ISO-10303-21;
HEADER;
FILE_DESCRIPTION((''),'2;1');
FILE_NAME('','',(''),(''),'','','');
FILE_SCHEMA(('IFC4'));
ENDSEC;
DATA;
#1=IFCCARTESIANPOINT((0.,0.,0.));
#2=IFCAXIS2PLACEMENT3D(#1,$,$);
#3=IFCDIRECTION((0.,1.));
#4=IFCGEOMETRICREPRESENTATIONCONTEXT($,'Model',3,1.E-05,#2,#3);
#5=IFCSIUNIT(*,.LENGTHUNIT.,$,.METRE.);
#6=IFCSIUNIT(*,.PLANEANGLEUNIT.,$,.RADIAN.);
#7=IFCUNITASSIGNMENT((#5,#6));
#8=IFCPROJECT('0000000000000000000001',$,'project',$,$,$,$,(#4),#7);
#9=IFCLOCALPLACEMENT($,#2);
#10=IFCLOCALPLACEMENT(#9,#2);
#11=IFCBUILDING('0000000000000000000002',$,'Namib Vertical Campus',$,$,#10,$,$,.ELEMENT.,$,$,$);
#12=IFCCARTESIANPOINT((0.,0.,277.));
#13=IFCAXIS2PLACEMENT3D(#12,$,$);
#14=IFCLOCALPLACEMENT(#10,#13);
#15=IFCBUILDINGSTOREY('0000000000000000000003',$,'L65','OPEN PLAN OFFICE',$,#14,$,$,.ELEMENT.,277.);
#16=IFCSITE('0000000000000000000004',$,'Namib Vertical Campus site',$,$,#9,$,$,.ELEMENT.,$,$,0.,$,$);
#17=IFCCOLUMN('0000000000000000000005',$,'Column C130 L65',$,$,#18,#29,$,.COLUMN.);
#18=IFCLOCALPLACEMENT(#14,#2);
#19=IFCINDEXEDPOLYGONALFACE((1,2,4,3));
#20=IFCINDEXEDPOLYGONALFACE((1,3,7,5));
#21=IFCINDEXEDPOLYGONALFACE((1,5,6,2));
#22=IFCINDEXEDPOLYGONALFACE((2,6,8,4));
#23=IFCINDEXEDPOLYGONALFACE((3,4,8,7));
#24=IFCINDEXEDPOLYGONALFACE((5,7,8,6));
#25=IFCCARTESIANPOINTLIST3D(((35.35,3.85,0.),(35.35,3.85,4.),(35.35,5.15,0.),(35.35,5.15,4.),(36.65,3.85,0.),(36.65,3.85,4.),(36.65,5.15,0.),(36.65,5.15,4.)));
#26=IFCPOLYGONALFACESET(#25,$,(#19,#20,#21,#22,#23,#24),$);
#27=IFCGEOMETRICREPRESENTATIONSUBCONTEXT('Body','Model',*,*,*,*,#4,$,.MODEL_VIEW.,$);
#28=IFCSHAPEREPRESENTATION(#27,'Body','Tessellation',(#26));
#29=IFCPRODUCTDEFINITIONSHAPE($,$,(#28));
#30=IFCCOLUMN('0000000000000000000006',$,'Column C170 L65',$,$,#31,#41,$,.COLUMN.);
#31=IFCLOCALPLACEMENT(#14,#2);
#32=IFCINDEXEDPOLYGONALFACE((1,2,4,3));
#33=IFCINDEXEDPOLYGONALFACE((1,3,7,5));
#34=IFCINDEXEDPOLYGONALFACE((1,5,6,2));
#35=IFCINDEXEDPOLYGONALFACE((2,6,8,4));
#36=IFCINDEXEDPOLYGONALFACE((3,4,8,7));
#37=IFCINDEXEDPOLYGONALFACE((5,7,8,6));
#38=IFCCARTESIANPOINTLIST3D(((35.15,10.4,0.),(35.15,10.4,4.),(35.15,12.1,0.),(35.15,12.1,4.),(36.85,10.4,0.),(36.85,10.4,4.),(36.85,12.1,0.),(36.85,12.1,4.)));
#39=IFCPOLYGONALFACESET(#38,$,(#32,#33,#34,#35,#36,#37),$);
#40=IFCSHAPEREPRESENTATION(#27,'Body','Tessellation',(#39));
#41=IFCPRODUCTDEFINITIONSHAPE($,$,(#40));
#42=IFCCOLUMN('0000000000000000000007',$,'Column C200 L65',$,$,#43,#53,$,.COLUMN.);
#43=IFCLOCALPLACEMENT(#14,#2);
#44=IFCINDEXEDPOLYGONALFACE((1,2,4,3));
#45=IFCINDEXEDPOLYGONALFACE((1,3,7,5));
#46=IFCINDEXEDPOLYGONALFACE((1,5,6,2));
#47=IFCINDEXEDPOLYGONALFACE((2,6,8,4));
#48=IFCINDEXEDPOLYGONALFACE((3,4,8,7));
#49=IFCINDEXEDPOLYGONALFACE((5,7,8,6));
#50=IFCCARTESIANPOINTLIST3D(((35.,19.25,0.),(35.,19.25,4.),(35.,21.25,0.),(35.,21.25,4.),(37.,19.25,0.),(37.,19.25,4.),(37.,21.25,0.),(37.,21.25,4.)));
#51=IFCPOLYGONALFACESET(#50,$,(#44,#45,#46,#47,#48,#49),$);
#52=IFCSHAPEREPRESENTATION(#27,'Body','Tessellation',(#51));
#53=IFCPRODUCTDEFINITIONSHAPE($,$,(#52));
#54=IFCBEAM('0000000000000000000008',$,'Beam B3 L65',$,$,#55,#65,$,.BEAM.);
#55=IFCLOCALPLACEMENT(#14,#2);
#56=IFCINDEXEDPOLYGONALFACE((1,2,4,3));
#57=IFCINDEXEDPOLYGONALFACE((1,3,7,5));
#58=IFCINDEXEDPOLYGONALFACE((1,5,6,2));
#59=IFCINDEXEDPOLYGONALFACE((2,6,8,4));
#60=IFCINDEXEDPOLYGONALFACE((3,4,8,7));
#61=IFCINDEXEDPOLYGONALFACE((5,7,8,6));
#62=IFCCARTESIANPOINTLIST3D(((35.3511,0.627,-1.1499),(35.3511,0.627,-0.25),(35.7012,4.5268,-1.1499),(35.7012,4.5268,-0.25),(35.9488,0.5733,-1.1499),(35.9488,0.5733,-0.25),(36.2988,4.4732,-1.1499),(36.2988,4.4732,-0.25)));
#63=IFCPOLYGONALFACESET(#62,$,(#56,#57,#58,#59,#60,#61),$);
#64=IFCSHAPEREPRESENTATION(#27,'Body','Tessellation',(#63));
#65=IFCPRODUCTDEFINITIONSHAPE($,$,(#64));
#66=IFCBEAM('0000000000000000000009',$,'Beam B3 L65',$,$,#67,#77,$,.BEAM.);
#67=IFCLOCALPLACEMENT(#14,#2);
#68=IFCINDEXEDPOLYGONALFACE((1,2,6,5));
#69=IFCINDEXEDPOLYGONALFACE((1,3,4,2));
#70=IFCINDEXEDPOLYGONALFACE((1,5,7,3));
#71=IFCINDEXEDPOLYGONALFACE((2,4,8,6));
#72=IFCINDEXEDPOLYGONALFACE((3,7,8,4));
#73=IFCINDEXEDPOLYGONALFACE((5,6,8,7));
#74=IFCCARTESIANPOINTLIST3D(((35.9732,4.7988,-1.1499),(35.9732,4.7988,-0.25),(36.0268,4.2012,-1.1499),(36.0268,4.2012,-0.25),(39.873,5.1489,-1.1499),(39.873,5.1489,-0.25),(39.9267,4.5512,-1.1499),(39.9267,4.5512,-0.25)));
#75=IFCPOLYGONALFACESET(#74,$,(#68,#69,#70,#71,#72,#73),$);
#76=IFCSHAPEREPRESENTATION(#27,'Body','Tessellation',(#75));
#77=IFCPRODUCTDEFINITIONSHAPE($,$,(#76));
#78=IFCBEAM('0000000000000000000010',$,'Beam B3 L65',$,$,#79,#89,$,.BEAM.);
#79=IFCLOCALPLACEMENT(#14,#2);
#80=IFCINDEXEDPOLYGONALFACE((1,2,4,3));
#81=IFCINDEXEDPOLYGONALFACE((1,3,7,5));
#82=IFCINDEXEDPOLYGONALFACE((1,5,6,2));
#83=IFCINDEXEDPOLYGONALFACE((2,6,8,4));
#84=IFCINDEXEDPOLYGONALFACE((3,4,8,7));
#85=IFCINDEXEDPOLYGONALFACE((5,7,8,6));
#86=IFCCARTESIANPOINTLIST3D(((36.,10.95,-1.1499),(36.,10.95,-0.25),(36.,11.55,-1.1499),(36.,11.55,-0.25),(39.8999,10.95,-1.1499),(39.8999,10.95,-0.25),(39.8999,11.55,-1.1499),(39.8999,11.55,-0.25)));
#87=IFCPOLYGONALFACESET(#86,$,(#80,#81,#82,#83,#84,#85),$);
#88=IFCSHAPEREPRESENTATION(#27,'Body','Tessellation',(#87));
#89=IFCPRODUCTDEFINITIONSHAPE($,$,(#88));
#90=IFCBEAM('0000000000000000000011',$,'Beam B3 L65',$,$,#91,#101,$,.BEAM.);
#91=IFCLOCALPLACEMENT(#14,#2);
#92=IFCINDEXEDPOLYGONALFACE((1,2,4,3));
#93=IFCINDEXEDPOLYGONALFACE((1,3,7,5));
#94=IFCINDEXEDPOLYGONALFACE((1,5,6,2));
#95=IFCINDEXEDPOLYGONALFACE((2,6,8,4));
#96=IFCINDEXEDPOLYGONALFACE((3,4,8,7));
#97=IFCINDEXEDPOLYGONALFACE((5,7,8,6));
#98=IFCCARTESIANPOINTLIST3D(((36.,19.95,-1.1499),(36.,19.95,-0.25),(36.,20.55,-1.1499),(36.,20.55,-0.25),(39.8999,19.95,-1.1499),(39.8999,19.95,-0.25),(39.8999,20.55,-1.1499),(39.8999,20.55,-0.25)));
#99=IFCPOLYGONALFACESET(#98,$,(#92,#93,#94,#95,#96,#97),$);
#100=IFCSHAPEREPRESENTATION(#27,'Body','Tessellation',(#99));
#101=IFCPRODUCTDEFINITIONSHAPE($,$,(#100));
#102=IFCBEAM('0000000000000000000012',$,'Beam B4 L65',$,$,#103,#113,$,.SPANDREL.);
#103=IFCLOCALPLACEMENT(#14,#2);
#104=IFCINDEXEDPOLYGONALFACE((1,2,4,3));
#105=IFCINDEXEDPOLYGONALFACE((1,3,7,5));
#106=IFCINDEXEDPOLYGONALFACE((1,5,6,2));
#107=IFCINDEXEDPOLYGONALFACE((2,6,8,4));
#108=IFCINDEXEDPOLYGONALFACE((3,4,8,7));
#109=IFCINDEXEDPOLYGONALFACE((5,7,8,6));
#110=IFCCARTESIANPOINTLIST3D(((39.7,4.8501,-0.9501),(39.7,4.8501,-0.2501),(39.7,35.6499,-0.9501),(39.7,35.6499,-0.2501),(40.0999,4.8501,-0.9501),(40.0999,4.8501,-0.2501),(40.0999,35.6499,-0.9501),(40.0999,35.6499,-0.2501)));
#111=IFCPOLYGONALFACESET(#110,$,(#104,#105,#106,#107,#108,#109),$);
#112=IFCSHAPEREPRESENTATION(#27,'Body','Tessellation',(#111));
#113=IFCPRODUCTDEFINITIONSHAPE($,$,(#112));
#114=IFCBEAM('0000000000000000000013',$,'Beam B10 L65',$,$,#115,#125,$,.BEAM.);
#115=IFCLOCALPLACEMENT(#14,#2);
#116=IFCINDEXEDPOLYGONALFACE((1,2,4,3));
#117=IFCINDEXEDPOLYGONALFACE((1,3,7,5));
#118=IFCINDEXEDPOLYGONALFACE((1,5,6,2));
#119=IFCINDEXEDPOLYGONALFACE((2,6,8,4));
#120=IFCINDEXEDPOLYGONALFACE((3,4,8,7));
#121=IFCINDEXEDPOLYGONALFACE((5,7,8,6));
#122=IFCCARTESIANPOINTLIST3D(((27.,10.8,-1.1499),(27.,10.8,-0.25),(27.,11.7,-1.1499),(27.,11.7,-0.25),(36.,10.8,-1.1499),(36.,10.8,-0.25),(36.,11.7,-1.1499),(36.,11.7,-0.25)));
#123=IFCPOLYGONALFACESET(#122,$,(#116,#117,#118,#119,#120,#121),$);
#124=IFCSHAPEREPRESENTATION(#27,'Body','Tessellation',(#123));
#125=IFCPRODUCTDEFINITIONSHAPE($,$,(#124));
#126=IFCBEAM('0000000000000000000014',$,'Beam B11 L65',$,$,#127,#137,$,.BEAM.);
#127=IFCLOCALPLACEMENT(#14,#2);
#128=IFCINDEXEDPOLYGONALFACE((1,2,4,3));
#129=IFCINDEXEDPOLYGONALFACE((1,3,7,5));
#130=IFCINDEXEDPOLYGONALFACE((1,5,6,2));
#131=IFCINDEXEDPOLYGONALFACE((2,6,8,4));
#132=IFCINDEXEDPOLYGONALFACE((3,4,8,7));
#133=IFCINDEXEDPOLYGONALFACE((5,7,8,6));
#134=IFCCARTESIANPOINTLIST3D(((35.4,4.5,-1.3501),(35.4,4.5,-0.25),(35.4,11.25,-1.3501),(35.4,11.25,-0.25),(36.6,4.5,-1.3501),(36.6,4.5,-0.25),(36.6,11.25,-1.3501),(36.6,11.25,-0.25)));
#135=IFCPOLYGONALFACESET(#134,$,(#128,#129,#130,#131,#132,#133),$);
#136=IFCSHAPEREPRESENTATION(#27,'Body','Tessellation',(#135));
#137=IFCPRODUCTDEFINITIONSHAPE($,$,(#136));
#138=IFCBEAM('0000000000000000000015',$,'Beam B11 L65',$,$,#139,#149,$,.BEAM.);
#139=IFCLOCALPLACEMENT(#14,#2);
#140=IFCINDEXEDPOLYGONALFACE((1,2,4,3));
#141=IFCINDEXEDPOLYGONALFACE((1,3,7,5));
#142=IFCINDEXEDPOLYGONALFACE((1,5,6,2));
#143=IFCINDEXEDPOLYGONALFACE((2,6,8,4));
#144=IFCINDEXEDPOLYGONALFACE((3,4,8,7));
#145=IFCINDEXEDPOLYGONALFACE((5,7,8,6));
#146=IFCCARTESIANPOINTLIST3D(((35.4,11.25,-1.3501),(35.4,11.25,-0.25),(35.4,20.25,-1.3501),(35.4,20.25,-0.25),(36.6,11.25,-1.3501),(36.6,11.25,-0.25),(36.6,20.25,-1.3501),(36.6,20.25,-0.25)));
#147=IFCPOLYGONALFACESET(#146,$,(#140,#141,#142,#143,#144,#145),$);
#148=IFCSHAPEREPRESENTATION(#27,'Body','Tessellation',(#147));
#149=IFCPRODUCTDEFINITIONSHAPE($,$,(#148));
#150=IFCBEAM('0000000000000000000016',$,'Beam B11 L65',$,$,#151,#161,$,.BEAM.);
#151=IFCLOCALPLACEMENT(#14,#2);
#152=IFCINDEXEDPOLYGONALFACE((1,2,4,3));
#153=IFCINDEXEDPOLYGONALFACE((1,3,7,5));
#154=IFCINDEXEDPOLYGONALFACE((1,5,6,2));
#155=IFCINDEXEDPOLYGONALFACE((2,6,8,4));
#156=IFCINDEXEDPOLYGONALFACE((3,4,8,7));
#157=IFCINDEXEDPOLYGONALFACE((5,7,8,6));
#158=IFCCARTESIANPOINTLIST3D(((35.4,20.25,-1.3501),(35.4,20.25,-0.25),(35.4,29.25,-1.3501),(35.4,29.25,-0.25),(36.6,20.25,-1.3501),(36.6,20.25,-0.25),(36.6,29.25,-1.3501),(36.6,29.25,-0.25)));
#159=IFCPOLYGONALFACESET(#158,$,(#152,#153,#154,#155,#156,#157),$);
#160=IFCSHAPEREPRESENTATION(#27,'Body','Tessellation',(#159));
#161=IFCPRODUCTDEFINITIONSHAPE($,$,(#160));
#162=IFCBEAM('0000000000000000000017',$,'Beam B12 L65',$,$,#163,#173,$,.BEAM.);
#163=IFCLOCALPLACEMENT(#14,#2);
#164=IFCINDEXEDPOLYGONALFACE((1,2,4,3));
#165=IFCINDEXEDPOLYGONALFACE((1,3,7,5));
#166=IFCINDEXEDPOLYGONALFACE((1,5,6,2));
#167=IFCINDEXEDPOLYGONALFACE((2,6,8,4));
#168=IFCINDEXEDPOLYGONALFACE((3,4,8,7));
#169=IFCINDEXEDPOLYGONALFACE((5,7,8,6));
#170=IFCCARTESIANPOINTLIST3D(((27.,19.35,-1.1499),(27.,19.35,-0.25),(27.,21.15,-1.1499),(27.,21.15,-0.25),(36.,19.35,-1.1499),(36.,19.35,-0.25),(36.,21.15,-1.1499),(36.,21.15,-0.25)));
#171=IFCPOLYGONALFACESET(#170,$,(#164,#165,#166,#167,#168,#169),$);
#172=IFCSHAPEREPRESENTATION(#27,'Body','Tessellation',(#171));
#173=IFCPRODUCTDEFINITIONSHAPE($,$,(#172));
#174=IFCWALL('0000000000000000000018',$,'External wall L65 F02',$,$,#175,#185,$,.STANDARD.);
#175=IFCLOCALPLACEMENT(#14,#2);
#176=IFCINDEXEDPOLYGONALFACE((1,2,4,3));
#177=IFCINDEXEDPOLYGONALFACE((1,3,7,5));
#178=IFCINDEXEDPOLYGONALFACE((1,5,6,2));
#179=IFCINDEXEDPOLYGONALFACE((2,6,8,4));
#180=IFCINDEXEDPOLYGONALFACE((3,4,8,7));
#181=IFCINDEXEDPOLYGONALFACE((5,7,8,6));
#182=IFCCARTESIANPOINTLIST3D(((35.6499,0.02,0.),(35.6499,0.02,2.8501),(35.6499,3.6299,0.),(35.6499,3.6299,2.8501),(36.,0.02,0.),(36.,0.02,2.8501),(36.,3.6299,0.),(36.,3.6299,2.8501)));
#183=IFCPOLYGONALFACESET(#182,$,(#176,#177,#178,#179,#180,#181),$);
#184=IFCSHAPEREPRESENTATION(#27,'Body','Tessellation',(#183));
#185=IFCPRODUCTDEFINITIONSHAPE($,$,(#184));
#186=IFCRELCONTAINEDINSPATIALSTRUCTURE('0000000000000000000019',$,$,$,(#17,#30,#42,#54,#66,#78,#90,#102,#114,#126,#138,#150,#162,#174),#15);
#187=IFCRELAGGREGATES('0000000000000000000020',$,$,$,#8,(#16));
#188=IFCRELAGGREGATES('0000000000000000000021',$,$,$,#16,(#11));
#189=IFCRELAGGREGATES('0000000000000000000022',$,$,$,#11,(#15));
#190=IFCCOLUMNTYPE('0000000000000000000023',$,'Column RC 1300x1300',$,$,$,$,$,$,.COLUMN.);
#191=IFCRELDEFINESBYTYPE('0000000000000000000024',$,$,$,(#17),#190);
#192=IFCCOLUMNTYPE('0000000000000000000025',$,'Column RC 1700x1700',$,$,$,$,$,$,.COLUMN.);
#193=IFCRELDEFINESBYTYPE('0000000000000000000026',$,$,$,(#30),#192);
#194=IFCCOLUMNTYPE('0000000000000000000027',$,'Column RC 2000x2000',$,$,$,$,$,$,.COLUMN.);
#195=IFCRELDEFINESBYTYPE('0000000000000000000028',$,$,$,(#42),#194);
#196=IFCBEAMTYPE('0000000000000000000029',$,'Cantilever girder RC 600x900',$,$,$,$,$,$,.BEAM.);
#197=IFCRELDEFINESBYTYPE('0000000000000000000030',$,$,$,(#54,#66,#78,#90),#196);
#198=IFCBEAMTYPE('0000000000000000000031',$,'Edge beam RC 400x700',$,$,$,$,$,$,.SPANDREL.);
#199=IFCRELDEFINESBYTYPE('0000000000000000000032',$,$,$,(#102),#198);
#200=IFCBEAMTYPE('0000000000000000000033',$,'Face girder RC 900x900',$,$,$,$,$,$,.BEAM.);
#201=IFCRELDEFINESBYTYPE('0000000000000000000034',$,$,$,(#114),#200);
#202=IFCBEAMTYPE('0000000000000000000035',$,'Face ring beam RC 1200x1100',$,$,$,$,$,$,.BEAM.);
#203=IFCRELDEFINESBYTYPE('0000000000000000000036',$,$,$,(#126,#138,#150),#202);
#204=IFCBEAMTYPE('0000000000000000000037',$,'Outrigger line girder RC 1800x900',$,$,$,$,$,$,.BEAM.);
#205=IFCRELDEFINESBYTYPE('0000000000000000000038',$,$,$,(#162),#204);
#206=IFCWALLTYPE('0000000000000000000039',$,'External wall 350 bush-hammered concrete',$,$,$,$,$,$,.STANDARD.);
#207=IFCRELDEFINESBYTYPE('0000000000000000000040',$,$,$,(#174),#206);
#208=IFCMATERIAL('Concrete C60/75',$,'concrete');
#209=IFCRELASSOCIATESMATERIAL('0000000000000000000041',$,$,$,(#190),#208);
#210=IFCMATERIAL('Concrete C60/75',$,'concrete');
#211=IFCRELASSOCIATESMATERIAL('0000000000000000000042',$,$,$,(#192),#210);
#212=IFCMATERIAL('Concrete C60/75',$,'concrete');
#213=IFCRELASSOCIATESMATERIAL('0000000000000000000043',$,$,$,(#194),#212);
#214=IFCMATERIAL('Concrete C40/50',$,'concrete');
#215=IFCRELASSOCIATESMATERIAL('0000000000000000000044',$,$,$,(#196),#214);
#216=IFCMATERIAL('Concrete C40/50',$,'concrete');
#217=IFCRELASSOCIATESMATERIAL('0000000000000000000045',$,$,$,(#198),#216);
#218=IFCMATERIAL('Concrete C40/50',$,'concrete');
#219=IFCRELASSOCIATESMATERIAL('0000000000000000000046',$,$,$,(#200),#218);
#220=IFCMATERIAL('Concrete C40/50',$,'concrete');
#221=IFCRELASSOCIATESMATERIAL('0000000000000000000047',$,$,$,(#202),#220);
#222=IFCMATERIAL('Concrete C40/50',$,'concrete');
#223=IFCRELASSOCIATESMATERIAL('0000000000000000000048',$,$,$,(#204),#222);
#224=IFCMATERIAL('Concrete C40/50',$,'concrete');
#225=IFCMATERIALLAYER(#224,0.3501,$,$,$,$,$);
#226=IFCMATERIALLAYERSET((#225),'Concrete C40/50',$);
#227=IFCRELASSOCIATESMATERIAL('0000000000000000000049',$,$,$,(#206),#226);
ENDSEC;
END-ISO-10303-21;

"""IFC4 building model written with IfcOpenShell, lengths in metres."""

from ifc_helpers import new_model, si_unit, direction, frame, frame_2d, origin, origin_2d, place, context, subcontext, project, spatial, rectangle, extrude, material, layer, layer_set, material_profile, profile_set, type_object, element, save


model = new_model("IFC4")

# Units and contexts
model_context = context("Model", 3, precision=1e-05, world=origin(), true_north=direction((0.0, 1.0)))
body_context = subcontext(model_context, "Body", "Model", "MODEL_VIEW")
ifc_project = project(units=[si_unit("LENGTHUNIT", "METRE"), si_unit("PLANEANGLEUNIT", "RADIAN")], contexts=[model_context])

# Site, building, storey
site_placement = place(None, origin())
site = spatial("IfcSite", under=ifc_project, at=site_placement, Name="Namib Vertical Campus site", CompositionType="ELEMENT", RefElevation=0.0)
building_placement = place(site_placement, origin())
building = spatial("IfcBuilding", under=site, at=building_placement, Name="Namib Vertical Campus", CompositionType="ELEMENT")
storey_placement = place(building_placement, frame((0.0, 0.0, 277.0)))
storey = spatial("IfcBuildingStorey", under=building, at=storey_placement, Name="L65", Description="OPEN PLAN OFFICE", CompositionType="ELEMENT", Elevation=277.0)

# Columns
ifc_material_1 = material(Name="Concrete C60/75", Category="concrete")
ifc_material_profile_1 = material_profile(ifc_material_1, rectangle(XDim=1.3, YDim=1.3, at=origin_2d()))
ifc_profile_set_1 = profile_set([ifc_material_profile_1], Name="Concrete C60/75")
column_type_1 = type_object("IfcColumnType", Name="Column RC 1300x1300", PredefinedType="COLUMN", material=ifc_profile_set_1)
column_1_placement = place(storey_placement, frame((36.0, 4.5, 0.0), z_axis=(0.0, 0.0, 1.0), x_axis=(1.0, 0.0, 0.0)))
element("IfcColumn", 1, at=column_1_placement, inside=storey, type_object=column_type_1, Name="Column C130 L65", PredefinedType="COLUMN", context=body_context, shape_type="SweptSolid", body=[
    extrude(rectangle(XDim=1.3, YDim=1.3, at=origin_2d()), origin(), (0.0, 0.0, 1.0), 4.0),
])
ifc_material_2 = material(Name="Concrete C60/75", Category="concrete")
ifc_material_profile_2 = material_profile(ifc_material_2, rectangle(XDim=1.7, YDim=1.7, at=origin_2d()))
ifc_profile_set_2 = profile_set([ifc_material_profile_2], Name="Concrete C60/75")
column_type_2 = type_object("IfcColumnType", Name="Column RC 1700x1700", PredefinedType="COLUMN", material=ifc_profile_set_2)
column_2_placement = place(storey_placement, frame((36.0, 11.25, 0.0), z_axis=(0.0, 0.0, 1.0), x_axis=(1.0, 0.0, 0.0)))
element("IfcColumn", 2, at=column_2_placement, inside=storey, type_object=column_type_2, Name="Column C170 L65", PredefinedType="COLUMN", context=body_context, shape_type="SweptSolid", body=[
    extrude(rectangle(XDim=1.7, YDim=1.7, at=origin_2d()), origin(), (0.0, 0.0, 1.0), 4.0),
])
ifc_material_3 = material(Name="Concrete C60/75", Category="concrete")
ifc_material_profile_3 = material_profile(ifc_material_3, rectangle(XDim=2.0, YDim=2.0, at=origin_2d()))
ifc_profile_set_3 = profile_set([ifc_material_profile_3], Name="Concrete C60/75")
column_type_3 = type_object("IfcColumnType", Name="Column RC 2000x2000", PredefinedType="COLUMN", material=ifc_profile_set_3)
column_3_placement = place(storey_placement, frame((36.0, 20.25, 0.0), z_axis=(0.0, 0.0, 1.0), x_axis=(1.0, 0.0, 0.0)))
element("IfcColumn", 3, at=column_3_placement, inside=storey, type_object=column_type_3, Name="Column C200 L65", PredefinedType="COLUMN", context=body_context, shape_type="SweptSolid", body=[
    extrude(rectangle(XDim=2.0, YDim=2.0, at=origin_2d()), origin(), (0.0, 0.0, 1.0), 4.0),
])

# Beams
ifc_material_4 = material(Name="Concrete C40/50", Category="concrete")
ifc_material_profile_4 = material_profile(ifc_material_4, rectangle(XDim=0.6001, YDim=0.8999, at=origin_2d()))
ifc_profile_set_4 = profile_set([ifc_material_profile_4], Name="Concrete C40/50")
beam_type_1 = type_object("IfcBeamType", Name="Cantilever girder RC 600x900", PredefinedType="BEAM", material=ifc_profile_set_4)
for number, where, z_axis, x_axis, name in (
    (4, (36.0, 4.5, -0.7), (-0.089411, -0.995995, 0.0), (0.995995, -0.089411, 0.0), "Beam B3 L65"),
    (5, (36.0, 4.5, -0.7), (0.995995, 0.089411, 0.0), (-0.089411, 0.995995, 0.0), "Beam B3 L65"),
):
    element("IfcBeam", number, at=place(storey_placement, frame(where, z_axis=z_axis, x_axis=x_axis)), inside=storey, type_object=beam_type_1, Name=name, PredefinedType="BEAM", context=body_context, shape_type="SweptSolid", body=[
        extrude(rectangle(XDim=0.6001, YDim=0.8999, at=origin_2d()), origin(), (0.0, 0.0, 1.0), 3.9155),
    ])
for number, where, z_axis, x_axis, name in (
    (6, (36.0, 11.25, -0.7), (1.0, 0.0, 0.0), (0.0, 1.0, 0.0), "Beam B3 L65"),
    (7, (36.0, 20.25, -0.7), (1.0, 0.0, 0.0), (0.0, 1.0, 0.0), "Beam B3 L65"),
):
    element("IfcBeam", number, at=place(storey_placement, frame(where, z_axis=z_axis, x_axis=x_axis)), inside=storey, type_object=beam_type_1, Name=name, PredefinedType="BEAM", context=body_context, shape_type="SweptSolid", body=[
        extrude(rectangle(XDim=0.6001, YDim=0.8999, at=origin_2d()), origin(), (0.0, 0.0, 1.0), 3.8999),
    ])
ifc_material_5 = material(Name="Concrete C40/50", Category="concrete")
ifc_material_profile_5 = material_profile(ifc_material_5, rectangle(XDim=0.3999, YDim=0.7, at=origin_2d()))
ifc_profile_set_5 = profile_set([ifc_material_profile_5], Name="Concrete C40/50")
beam_type_2 = type_object("IfcBeamType", Name="Edge beam RC 400x700", PredefinedType="SPANDREL", material=ifc_profile_set_5)
beam_1_placement = place(storey_placement, frame((39.8999, 4.8501, -0.6001), z_axis=(0.0, 1.0, 0.0), x_axis=(-1.0, 0.0, 0.0)))
element("IfcBeam", 8, at=beam_1_placement, inside=storey, type_object=beam_type_2, Name="Beam B4 L65", PredefinedType="SPANDREL", context=body_context, shape_type="SweptSolid", body=[
    extrude(rectangle(XDim=0.3999, YDim=0.7, at=origin_2d()), origin(), (0.0, 0.0, 1.0), 30.7998),
])
ifc_material_6 = material(Name="Concrete C40/50", Category="concrete")
ifc_material_profile_6 = material_profile(ifc_material_6, rectangle(XDim=0.8999, YDim=0.8999, at=origin_2d()))
ifc_profile_set_6 = profile_set([ifc_material_profile_6], Name="Concrete C40/50")
beam_type_3 = type_object("IfcBeamType", Name="Face girder RC 900x900", PredefinedType="BEAM", material=ifc_profile_set_6)
beam_2_placement = place(storey_placement, frame((36.0, 11.25, -0.7), z_axis=(-1.0, 0.0, 0.0), x_axis=(0.0, -1.0, 0.0)))
element("IfcBeam", 9, at=beam_2_placement, inside=storey, type_object=beam_type_3, Name="Beam B10 L65", PredefinedType="BEAM", context=body_context, shape_type="SweptSolid", body=[
    extrude(rectangle(XDim=0.8999, YDim=0.8999, at=origin_2d()), origin(), (0.0, 0.0, 1.0), 9.0),
])
ifc_material_7 = material(Name="Concrete C40/50", Category="concrete")
ifc_material_profile_7 = material_profile(ifc_material_7, rectangle(XDim=1.2, YDim=1.1001, at=origin_2d()))
ifc_profile_set_7 = profile_set([ifc_material_profile_7], Name="Concrete C40/50")
beam_type_4 = type_object("IfcBeamType", Name="Face ring beam RC 1200x1100", PredefinedType="BEAM", material=ifc_profile_set_7)
beam_3_placement = place(storey_placement, frame((36.0, 4.5, -0.8), z_axis=(0.0, 1.0, 0.0), x_axis=(-1.0, 0.0, 0.0)))
element("IfcBeam", 10, at=beam_3_placement, inside=storey, type_object=beam_type_4, Name="Beam B11 L65", PredefinedType="BEAM", context=body_context, shape_type="SweptSolid", body=[
    extrude(rectangle(XDim=1.2, YDim=1.1001, at=origin_2d()), origin(), (0.0, 0.0, 1.0), 6.75),
])
for number, where, z_axis, x_axis, name in (
    (11, (36.0, 11.25, -0.8), (0.0, 1.0, 0.0), (-1.0, 0.0, 0.0), "Beam B11 L65"),
    (12, (36.0, 20.25, -0.8), (0.0, 1.0, 0.0), (-1.0, 0.0, 0.0), "Beam B11 L65"),
):
    element("IfcBeam", number, at=place(storey_placement, frame(where, z_axis=z_axis, x_axis=x_axis)), inside=storey, type_object=beam_type_4, Name=name, PredefinedType="BEAM", context=body_context, shape_type="SweptSolid", body=[
        extrude(rectangle(XDim=1.2, YDim=1.1001, at=origin_2d()), origin(), (0.0, 0.0, 1.0), 9.0),
    ])
ifc_material_8 = material(Name="Concrete C40/50", Category="concrete")
ifc_material_profile_8 = material_profile(ifc_material_8, rectangle(XDim=1.8, YDim=0.8999, at=origin_2d()))
ifc_profile_set_8 = profile_set([ifc_material_profile_8], Name="Concrete C40/50")
beam_type_5 = type_object("IfcBeamType", Name="Outrigger line girder RC 1800x900", PredefinedType="BEAM", material=ifc_profile_set_8)
beam_4_placement = place(storey_placement, frame((36.0, 20.25, -0.7), z_axis=(-1.0, 0.0, 0.0), x_axis=(0.0, -1.0, 0.0)))
element("IfcBeam", 13, at=beam_4_placement, inside=storey, type_object=beam_type_5, Name="Beam B12 L65", PredefinedType="BEAM", context=body_context, shape_type="SweptSolid", body=[
    extrude(rectangle(XDim=1.8, YDim=0.8999, at=origin_2d()), origin(), (0.0, 0.0, 1.0), 9.0),
])

# Wall
ifc_material_9 = material(Name="Concrete C40/50", Category="concrete")
ifc_layer_1 = layer(ifc_material_9, 0.3501)
ifc_layer_set_1 = layer_set([ifc_layer_1], Name="Concrete C40/50")
wall_type = type_object("IfcWallType", Name="External wall 350 bush-hammered concrete", PredefinedType="STANDARD", material=ifc_layer_set_1)
wall_1_placement = place(storey_placement, frame((35.825, 0.02, 0.0), z_axis=(0.0, 0.0, 1.0), x_axis=(0.0, 1.0, 0.0)))
element("IfcWall", 14, at=wall_1_placement, inside=storey, type_object=wall_type, Name="External wall L65 F02", PredefinedType="STANDARD", context=body_context, shape_type="SweptSolid", body=[
    extrude(rectangle(XDim=3.6099, YDim=0.3501, at=frame_2d((1.8049, 0.0))), origin(), (0.0, 0.0, 1.0), 2.8501),
])

save(model, "model.ifc")
